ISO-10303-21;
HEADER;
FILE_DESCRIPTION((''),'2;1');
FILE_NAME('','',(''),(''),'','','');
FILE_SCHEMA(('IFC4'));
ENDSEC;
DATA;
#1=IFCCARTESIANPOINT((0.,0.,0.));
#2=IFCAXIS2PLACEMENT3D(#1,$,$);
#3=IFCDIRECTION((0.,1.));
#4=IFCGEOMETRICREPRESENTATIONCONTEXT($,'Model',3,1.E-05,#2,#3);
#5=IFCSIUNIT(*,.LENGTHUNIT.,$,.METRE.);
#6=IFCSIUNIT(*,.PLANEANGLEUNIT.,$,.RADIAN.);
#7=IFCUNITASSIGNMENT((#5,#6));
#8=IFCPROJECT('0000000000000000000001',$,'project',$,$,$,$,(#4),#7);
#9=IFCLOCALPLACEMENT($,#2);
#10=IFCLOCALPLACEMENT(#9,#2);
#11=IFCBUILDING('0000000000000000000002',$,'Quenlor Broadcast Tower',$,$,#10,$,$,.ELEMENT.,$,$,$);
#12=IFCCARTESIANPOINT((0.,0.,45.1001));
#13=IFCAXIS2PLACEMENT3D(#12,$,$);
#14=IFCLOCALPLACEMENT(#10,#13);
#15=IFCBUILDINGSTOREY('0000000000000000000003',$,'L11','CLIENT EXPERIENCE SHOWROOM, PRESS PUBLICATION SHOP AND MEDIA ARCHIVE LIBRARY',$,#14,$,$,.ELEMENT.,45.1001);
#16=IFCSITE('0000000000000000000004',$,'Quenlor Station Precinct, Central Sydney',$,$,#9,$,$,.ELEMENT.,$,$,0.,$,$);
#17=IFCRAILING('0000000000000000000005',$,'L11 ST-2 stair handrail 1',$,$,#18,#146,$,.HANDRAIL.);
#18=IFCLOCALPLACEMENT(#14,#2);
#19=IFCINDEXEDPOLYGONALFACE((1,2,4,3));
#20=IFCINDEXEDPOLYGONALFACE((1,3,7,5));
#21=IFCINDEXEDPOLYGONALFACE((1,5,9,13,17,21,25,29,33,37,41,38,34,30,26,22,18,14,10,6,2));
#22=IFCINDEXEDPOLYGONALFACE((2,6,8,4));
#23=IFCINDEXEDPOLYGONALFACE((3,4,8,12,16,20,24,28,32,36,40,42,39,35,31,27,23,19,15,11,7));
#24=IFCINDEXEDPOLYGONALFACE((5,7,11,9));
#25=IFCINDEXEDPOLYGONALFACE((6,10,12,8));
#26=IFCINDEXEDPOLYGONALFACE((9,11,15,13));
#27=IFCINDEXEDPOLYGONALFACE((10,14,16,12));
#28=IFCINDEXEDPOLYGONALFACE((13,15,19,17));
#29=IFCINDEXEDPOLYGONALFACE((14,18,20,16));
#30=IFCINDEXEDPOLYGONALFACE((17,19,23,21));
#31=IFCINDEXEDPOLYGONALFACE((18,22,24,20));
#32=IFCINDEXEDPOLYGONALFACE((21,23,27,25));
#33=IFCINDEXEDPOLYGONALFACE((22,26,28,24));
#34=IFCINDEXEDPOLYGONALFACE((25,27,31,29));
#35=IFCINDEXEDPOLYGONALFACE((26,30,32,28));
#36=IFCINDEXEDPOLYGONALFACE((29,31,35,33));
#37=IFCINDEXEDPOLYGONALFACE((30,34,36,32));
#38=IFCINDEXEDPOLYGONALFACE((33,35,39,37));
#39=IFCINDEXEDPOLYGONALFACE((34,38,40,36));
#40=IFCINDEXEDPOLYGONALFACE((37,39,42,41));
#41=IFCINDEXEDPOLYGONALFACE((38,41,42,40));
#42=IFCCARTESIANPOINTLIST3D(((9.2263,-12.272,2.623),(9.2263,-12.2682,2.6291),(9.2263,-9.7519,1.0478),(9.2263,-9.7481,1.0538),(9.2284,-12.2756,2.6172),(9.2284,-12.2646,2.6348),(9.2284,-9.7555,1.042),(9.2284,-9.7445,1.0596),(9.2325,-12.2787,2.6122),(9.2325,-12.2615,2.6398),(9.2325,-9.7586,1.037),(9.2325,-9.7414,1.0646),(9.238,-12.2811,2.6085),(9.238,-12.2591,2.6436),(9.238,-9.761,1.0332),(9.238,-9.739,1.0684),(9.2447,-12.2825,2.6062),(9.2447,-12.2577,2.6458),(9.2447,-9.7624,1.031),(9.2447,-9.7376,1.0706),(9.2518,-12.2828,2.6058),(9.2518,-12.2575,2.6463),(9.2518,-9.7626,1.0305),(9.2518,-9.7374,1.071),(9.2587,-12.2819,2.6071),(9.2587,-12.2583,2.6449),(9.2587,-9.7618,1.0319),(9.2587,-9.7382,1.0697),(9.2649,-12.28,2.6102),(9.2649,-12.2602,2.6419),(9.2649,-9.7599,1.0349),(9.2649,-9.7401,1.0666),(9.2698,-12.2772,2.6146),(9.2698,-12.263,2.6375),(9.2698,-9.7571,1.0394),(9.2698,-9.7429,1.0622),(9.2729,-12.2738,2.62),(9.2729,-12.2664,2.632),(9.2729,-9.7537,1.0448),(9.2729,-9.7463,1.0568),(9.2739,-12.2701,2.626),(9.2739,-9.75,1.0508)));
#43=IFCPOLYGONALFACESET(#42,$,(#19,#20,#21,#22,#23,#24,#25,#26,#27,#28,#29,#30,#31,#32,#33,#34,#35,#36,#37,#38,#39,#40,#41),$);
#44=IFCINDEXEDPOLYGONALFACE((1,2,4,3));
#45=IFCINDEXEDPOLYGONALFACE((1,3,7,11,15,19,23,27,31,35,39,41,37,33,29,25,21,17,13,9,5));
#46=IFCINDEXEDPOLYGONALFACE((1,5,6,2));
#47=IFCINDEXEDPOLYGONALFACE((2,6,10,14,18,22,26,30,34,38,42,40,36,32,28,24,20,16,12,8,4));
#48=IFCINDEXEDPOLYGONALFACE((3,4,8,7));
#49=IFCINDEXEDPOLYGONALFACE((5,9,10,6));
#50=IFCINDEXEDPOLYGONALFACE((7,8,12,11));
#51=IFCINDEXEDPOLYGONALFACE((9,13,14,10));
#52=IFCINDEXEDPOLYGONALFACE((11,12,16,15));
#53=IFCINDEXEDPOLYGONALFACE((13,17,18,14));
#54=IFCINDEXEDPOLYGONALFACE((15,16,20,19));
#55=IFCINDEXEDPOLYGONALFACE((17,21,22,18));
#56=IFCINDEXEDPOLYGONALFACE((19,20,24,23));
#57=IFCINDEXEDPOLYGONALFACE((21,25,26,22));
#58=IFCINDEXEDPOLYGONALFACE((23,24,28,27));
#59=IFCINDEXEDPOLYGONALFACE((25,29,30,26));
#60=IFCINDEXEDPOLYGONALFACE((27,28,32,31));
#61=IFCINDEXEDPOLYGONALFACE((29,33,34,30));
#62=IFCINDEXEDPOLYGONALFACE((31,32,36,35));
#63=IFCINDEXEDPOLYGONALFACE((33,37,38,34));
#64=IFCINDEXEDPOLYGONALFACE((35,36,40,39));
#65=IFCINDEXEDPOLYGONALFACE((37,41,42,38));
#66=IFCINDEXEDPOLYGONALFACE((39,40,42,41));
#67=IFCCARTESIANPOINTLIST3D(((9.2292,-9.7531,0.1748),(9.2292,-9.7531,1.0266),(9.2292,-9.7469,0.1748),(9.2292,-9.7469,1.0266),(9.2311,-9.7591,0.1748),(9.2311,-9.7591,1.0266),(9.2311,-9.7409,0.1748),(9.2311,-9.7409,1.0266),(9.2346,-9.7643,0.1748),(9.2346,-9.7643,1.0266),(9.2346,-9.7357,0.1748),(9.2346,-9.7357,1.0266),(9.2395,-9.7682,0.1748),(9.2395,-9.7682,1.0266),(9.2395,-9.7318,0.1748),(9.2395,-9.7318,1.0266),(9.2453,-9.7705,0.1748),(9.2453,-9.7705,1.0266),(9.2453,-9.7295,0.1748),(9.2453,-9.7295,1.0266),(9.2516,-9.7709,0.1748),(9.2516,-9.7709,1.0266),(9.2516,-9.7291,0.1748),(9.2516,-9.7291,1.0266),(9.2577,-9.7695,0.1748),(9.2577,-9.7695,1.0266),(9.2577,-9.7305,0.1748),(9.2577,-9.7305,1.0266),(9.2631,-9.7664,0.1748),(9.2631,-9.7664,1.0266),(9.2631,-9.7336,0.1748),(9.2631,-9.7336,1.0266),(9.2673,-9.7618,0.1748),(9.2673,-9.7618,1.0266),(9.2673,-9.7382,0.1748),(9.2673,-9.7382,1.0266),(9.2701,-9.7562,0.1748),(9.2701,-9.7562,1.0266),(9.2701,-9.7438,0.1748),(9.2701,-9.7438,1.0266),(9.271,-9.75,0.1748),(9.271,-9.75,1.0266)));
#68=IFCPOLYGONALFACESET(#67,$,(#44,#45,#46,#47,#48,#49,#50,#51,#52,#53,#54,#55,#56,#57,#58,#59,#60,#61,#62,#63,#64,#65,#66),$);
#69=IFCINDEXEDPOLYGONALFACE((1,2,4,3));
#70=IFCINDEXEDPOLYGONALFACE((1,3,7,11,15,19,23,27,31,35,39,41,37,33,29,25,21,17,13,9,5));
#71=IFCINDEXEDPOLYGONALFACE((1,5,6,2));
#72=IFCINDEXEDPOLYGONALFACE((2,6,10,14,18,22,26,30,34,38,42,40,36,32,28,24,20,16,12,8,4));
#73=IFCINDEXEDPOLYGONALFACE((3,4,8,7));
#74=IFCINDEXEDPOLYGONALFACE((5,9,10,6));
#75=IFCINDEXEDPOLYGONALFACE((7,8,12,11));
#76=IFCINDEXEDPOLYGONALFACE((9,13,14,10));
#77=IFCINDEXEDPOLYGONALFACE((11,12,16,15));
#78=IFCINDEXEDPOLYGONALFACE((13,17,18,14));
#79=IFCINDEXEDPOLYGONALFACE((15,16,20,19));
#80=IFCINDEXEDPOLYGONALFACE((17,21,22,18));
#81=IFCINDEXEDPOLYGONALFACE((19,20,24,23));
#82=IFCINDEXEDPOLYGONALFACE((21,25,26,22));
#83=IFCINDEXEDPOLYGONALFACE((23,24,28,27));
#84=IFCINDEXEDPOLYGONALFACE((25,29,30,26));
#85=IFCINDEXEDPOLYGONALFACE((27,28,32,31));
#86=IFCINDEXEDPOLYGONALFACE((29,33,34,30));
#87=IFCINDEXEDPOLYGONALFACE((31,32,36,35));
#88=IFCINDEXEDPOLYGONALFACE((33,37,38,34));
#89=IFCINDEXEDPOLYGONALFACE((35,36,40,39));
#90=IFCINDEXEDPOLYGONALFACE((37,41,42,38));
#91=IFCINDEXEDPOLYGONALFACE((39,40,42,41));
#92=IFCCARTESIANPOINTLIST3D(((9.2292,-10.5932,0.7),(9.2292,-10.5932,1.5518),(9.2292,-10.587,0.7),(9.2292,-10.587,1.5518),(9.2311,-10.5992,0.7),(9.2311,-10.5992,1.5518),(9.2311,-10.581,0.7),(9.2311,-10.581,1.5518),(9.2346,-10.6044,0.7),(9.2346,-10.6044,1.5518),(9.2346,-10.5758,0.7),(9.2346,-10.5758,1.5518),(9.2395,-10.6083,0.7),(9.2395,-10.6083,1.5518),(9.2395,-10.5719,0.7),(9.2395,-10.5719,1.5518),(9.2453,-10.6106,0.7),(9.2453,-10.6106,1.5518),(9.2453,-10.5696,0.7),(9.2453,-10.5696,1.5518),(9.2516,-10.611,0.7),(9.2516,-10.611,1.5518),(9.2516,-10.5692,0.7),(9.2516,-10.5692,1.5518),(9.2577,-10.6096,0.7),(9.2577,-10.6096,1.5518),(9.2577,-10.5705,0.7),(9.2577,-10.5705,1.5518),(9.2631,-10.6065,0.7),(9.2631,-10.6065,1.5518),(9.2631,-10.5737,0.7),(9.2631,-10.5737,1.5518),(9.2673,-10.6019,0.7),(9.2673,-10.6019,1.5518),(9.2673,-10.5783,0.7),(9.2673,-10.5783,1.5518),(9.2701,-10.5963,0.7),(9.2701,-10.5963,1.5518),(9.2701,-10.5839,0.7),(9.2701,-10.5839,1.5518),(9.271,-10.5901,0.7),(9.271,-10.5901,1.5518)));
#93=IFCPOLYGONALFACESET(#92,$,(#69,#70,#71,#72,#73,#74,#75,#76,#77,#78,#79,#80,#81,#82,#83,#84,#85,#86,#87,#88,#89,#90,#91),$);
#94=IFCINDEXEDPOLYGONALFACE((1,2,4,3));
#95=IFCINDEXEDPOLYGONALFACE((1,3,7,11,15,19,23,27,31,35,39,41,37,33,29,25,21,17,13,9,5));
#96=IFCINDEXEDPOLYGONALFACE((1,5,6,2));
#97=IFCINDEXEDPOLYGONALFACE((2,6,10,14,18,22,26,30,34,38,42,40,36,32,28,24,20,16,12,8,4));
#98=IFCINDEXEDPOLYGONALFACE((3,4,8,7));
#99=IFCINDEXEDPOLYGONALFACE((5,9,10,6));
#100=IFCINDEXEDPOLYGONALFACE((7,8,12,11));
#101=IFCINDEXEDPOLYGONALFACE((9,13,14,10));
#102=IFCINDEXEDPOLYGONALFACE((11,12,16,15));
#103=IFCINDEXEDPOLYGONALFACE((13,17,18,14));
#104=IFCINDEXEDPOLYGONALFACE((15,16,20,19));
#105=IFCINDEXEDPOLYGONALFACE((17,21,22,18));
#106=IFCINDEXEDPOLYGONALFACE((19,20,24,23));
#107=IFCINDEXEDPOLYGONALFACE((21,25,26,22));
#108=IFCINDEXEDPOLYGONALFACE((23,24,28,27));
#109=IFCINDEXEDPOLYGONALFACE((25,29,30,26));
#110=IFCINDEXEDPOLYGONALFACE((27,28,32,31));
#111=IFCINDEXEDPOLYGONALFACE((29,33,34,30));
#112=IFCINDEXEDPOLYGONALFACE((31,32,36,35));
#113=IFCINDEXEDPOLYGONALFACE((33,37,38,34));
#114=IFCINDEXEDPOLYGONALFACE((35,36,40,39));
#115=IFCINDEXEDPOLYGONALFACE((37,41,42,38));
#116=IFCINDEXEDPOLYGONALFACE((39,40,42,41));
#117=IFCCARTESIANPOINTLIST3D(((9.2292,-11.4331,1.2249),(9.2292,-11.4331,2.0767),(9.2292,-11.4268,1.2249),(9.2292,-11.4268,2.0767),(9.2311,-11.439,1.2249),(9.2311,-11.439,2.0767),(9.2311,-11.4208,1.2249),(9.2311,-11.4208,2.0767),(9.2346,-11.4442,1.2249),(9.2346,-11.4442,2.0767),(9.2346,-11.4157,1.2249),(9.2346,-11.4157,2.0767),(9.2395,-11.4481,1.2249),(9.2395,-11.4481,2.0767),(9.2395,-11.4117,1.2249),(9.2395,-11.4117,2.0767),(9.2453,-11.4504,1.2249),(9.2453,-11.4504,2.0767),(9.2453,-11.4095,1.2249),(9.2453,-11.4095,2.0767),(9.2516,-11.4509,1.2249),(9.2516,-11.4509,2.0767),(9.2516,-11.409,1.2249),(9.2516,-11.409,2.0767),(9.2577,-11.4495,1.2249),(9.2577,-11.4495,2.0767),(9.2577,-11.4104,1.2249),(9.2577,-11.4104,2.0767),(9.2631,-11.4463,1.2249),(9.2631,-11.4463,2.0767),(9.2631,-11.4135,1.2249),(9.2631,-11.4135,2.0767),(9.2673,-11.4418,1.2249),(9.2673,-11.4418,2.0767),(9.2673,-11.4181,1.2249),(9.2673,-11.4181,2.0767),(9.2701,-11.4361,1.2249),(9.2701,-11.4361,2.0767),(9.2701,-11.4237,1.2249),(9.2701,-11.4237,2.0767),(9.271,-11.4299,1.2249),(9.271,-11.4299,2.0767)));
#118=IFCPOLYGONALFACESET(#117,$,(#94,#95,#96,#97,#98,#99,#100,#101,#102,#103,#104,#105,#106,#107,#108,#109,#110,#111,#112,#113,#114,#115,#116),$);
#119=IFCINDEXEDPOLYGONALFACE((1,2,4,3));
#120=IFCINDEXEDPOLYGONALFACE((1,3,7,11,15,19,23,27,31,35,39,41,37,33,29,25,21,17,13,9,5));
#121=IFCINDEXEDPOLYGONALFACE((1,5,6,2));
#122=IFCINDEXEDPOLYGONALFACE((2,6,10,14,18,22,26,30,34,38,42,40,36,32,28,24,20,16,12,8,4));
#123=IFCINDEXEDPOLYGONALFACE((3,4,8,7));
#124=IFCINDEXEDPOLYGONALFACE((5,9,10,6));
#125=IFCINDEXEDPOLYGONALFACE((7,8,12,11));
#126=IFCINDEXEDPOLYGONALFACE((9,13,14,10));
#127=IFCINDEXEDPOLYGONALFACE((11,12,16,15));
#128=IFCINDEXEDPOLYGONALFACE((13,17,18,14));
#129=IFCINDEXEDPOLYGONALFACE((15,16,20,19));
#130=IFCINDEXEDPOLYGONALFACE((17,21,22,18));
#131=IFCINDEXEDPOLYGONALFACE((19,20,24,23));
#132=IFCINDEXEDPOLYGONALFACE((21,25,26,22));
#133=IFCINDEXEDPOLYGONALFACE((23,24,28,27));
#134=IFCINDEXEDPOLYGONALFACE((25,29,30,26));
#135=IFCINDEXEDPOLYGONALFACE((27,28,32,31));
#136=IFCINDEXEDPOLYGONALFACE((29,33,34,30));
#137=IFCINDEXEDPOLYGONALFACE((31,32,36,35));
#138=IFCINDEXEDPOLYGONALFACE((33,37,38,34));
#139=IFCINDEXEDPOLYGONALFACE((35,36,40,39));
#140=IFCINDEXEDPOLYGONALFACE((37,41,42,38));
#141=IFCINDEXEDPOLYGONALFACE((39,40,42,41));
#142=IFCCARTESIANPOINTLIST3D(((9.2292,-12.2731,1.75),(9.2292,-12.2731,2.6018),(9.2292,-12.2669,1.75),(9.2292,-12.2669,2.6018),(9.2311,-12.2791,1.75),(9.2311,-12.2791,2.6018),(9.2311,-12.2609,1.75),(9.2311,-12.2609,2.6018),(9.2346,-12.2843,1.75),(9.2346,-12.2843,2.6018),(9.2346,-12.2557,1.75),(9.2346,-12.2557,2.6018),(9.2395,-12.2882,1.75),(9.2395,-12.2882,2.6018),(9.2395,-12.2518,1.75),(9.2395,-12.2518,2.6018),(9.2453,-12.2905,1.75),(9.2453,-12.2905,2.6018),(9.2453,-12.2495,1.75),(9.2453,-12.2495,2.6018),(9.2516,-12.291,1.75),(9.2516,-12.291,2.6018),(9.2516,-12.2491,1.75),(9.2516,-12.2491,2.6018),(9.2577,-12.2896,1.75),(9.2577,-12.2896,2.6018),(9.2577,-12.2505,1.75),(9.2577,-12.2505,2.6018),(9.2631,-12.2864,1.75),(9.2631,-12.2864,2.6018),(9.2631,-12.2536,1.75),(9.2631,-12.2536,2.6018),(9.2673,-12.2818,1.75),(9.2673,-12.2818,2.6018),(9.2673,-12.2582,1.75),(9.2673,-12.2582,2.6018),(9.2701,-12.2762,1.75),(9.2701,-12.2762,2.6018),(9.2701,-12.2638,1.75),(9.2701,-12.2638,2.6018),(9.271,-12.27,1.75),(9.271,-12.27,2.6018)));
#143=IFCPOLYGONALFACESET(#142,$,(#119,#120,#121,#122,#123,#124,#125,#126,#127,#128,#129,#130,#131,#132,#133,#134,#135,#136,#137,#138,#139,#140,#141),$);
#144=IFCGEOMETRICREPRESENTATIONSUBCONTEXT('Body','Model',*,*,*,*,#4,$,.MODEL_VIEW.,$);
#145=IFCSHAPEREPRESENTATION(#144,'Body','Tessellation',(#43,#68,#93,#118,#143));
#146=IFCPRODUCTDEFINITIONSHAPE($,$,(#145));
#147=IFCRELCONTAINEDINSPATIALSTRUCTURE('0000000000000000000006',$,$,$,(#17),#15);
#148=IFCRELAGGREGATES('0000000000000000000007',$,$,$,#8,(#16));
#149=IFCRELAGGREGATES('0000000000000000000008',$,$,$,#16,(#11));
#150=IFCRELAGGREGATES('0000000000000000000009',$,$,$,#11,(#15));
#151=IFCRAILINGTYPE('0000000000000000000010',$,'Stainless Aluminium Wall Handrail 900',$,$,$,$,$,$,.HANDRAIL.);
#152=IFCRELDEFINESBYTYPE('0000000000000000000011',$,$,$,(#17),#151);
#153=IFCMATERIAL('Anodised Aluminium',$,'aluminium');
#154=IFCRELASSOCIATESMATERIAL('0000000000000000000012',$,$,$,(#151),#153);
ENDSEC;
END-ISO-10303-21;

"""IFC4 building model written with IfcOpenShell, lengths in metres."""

from ifc_helpers import new_model, si_unit, direction, frame, origin, origin_2d, place, context, subcontext, project, spatial, circle, extrude, material, type_object, element, save


model = new_model("IFC4")

# Units and contexts
model_context = context("Model", 3, precision=1e-05, world=origin(), true_north=direction((0.0, 1.0)))
body_context = subcontext(model_context, "Body", "Model", "MODEL_VIEW")
ifc_project = project(units=[si_unit("LENGTHUNIT", "METRE"), si_unit("PLANEANGLEUNIT", "RADIAN")], contexts=[model_context])

# Site, building, storey
site_placement = place(None, origin())
site = spatial("IfcSite", under=ifc_project, at=site_placement, Name="Quenlor Station Precinct, Central Sydney", CompositionType="ELEMENT", RefElevation=0.0)
building_placement = place(site_placement, origin())
building = spatial("IfcBuilding", under=site, at=building_placement, Name="Quenlor Broadcast Tower", CompositionType="ELEMENT")
storey_placement = place(building_placement, frame((0.0, 0.0, 45.1001)))
storey = spatial("IfcBuildingStorey", under=building, at=storey_placement, Name="L11", Description="CLIENT EXPERIENCE SHOWROOM, PRESS PUBLICATION SHOP AND MEDIA ARCHIVE LIBRARY", CompositionType="ELEMENT", Elevation=45.1001)

# Railing
ifc_material_1 = material(Name="Anodised Aluminium", Category="aluminium")
railing_type_1 = type_object("IfcRailingType", Name="Stainless Aluminium Wall Handrail 900", PredefinedType="HANDRAIL", material=ifc_material_1)
railing_1_placement = place(storey_placement, frame((9.25, -9.75, 0.1748)))
element("IfcRailing", 1, at=railing_1_placement, inside=storey, type_object=railing_type_1, Name="L11 ST-2 stair handrail 1", PredefinedType="HANDRAIL", context=body_context, shape_type="SweptSolid", body=[
    extrude(circle(Radius=0.0239, at=origin_2d()), frame((0.0, 0.0, 0.876), z_axis=(0.0, -0.847971, 0.530043), x_axis=(1.0, 0.0, 0.0)), (0.0, 0.0, 1.0), 2.9719),
    extrude(circle(Radius=0.021, at=origin_2d()), origin(), (0.0, 0.0, 1.0), 0.8518),
    extrude(circle(Radius=0.021, at=origin_2d()), frame((0.0, -0.8401, 0.5251)), (0.0, 0.0, 1.0), 0.8518),
    extrude(circle(Radius=0.021, at=origin_2d()), frame((0.0, -1.6799, 1.05)), (0.0, 0.0, 1.0), 0.8518),
    extrude(circle(Radius=0.021, at=origin_2d()), frame((0.0, -2.52, 1.5752)), (0.0, 0.0, 1.0), 0.8518),
])

save(model, "model.ifc")
